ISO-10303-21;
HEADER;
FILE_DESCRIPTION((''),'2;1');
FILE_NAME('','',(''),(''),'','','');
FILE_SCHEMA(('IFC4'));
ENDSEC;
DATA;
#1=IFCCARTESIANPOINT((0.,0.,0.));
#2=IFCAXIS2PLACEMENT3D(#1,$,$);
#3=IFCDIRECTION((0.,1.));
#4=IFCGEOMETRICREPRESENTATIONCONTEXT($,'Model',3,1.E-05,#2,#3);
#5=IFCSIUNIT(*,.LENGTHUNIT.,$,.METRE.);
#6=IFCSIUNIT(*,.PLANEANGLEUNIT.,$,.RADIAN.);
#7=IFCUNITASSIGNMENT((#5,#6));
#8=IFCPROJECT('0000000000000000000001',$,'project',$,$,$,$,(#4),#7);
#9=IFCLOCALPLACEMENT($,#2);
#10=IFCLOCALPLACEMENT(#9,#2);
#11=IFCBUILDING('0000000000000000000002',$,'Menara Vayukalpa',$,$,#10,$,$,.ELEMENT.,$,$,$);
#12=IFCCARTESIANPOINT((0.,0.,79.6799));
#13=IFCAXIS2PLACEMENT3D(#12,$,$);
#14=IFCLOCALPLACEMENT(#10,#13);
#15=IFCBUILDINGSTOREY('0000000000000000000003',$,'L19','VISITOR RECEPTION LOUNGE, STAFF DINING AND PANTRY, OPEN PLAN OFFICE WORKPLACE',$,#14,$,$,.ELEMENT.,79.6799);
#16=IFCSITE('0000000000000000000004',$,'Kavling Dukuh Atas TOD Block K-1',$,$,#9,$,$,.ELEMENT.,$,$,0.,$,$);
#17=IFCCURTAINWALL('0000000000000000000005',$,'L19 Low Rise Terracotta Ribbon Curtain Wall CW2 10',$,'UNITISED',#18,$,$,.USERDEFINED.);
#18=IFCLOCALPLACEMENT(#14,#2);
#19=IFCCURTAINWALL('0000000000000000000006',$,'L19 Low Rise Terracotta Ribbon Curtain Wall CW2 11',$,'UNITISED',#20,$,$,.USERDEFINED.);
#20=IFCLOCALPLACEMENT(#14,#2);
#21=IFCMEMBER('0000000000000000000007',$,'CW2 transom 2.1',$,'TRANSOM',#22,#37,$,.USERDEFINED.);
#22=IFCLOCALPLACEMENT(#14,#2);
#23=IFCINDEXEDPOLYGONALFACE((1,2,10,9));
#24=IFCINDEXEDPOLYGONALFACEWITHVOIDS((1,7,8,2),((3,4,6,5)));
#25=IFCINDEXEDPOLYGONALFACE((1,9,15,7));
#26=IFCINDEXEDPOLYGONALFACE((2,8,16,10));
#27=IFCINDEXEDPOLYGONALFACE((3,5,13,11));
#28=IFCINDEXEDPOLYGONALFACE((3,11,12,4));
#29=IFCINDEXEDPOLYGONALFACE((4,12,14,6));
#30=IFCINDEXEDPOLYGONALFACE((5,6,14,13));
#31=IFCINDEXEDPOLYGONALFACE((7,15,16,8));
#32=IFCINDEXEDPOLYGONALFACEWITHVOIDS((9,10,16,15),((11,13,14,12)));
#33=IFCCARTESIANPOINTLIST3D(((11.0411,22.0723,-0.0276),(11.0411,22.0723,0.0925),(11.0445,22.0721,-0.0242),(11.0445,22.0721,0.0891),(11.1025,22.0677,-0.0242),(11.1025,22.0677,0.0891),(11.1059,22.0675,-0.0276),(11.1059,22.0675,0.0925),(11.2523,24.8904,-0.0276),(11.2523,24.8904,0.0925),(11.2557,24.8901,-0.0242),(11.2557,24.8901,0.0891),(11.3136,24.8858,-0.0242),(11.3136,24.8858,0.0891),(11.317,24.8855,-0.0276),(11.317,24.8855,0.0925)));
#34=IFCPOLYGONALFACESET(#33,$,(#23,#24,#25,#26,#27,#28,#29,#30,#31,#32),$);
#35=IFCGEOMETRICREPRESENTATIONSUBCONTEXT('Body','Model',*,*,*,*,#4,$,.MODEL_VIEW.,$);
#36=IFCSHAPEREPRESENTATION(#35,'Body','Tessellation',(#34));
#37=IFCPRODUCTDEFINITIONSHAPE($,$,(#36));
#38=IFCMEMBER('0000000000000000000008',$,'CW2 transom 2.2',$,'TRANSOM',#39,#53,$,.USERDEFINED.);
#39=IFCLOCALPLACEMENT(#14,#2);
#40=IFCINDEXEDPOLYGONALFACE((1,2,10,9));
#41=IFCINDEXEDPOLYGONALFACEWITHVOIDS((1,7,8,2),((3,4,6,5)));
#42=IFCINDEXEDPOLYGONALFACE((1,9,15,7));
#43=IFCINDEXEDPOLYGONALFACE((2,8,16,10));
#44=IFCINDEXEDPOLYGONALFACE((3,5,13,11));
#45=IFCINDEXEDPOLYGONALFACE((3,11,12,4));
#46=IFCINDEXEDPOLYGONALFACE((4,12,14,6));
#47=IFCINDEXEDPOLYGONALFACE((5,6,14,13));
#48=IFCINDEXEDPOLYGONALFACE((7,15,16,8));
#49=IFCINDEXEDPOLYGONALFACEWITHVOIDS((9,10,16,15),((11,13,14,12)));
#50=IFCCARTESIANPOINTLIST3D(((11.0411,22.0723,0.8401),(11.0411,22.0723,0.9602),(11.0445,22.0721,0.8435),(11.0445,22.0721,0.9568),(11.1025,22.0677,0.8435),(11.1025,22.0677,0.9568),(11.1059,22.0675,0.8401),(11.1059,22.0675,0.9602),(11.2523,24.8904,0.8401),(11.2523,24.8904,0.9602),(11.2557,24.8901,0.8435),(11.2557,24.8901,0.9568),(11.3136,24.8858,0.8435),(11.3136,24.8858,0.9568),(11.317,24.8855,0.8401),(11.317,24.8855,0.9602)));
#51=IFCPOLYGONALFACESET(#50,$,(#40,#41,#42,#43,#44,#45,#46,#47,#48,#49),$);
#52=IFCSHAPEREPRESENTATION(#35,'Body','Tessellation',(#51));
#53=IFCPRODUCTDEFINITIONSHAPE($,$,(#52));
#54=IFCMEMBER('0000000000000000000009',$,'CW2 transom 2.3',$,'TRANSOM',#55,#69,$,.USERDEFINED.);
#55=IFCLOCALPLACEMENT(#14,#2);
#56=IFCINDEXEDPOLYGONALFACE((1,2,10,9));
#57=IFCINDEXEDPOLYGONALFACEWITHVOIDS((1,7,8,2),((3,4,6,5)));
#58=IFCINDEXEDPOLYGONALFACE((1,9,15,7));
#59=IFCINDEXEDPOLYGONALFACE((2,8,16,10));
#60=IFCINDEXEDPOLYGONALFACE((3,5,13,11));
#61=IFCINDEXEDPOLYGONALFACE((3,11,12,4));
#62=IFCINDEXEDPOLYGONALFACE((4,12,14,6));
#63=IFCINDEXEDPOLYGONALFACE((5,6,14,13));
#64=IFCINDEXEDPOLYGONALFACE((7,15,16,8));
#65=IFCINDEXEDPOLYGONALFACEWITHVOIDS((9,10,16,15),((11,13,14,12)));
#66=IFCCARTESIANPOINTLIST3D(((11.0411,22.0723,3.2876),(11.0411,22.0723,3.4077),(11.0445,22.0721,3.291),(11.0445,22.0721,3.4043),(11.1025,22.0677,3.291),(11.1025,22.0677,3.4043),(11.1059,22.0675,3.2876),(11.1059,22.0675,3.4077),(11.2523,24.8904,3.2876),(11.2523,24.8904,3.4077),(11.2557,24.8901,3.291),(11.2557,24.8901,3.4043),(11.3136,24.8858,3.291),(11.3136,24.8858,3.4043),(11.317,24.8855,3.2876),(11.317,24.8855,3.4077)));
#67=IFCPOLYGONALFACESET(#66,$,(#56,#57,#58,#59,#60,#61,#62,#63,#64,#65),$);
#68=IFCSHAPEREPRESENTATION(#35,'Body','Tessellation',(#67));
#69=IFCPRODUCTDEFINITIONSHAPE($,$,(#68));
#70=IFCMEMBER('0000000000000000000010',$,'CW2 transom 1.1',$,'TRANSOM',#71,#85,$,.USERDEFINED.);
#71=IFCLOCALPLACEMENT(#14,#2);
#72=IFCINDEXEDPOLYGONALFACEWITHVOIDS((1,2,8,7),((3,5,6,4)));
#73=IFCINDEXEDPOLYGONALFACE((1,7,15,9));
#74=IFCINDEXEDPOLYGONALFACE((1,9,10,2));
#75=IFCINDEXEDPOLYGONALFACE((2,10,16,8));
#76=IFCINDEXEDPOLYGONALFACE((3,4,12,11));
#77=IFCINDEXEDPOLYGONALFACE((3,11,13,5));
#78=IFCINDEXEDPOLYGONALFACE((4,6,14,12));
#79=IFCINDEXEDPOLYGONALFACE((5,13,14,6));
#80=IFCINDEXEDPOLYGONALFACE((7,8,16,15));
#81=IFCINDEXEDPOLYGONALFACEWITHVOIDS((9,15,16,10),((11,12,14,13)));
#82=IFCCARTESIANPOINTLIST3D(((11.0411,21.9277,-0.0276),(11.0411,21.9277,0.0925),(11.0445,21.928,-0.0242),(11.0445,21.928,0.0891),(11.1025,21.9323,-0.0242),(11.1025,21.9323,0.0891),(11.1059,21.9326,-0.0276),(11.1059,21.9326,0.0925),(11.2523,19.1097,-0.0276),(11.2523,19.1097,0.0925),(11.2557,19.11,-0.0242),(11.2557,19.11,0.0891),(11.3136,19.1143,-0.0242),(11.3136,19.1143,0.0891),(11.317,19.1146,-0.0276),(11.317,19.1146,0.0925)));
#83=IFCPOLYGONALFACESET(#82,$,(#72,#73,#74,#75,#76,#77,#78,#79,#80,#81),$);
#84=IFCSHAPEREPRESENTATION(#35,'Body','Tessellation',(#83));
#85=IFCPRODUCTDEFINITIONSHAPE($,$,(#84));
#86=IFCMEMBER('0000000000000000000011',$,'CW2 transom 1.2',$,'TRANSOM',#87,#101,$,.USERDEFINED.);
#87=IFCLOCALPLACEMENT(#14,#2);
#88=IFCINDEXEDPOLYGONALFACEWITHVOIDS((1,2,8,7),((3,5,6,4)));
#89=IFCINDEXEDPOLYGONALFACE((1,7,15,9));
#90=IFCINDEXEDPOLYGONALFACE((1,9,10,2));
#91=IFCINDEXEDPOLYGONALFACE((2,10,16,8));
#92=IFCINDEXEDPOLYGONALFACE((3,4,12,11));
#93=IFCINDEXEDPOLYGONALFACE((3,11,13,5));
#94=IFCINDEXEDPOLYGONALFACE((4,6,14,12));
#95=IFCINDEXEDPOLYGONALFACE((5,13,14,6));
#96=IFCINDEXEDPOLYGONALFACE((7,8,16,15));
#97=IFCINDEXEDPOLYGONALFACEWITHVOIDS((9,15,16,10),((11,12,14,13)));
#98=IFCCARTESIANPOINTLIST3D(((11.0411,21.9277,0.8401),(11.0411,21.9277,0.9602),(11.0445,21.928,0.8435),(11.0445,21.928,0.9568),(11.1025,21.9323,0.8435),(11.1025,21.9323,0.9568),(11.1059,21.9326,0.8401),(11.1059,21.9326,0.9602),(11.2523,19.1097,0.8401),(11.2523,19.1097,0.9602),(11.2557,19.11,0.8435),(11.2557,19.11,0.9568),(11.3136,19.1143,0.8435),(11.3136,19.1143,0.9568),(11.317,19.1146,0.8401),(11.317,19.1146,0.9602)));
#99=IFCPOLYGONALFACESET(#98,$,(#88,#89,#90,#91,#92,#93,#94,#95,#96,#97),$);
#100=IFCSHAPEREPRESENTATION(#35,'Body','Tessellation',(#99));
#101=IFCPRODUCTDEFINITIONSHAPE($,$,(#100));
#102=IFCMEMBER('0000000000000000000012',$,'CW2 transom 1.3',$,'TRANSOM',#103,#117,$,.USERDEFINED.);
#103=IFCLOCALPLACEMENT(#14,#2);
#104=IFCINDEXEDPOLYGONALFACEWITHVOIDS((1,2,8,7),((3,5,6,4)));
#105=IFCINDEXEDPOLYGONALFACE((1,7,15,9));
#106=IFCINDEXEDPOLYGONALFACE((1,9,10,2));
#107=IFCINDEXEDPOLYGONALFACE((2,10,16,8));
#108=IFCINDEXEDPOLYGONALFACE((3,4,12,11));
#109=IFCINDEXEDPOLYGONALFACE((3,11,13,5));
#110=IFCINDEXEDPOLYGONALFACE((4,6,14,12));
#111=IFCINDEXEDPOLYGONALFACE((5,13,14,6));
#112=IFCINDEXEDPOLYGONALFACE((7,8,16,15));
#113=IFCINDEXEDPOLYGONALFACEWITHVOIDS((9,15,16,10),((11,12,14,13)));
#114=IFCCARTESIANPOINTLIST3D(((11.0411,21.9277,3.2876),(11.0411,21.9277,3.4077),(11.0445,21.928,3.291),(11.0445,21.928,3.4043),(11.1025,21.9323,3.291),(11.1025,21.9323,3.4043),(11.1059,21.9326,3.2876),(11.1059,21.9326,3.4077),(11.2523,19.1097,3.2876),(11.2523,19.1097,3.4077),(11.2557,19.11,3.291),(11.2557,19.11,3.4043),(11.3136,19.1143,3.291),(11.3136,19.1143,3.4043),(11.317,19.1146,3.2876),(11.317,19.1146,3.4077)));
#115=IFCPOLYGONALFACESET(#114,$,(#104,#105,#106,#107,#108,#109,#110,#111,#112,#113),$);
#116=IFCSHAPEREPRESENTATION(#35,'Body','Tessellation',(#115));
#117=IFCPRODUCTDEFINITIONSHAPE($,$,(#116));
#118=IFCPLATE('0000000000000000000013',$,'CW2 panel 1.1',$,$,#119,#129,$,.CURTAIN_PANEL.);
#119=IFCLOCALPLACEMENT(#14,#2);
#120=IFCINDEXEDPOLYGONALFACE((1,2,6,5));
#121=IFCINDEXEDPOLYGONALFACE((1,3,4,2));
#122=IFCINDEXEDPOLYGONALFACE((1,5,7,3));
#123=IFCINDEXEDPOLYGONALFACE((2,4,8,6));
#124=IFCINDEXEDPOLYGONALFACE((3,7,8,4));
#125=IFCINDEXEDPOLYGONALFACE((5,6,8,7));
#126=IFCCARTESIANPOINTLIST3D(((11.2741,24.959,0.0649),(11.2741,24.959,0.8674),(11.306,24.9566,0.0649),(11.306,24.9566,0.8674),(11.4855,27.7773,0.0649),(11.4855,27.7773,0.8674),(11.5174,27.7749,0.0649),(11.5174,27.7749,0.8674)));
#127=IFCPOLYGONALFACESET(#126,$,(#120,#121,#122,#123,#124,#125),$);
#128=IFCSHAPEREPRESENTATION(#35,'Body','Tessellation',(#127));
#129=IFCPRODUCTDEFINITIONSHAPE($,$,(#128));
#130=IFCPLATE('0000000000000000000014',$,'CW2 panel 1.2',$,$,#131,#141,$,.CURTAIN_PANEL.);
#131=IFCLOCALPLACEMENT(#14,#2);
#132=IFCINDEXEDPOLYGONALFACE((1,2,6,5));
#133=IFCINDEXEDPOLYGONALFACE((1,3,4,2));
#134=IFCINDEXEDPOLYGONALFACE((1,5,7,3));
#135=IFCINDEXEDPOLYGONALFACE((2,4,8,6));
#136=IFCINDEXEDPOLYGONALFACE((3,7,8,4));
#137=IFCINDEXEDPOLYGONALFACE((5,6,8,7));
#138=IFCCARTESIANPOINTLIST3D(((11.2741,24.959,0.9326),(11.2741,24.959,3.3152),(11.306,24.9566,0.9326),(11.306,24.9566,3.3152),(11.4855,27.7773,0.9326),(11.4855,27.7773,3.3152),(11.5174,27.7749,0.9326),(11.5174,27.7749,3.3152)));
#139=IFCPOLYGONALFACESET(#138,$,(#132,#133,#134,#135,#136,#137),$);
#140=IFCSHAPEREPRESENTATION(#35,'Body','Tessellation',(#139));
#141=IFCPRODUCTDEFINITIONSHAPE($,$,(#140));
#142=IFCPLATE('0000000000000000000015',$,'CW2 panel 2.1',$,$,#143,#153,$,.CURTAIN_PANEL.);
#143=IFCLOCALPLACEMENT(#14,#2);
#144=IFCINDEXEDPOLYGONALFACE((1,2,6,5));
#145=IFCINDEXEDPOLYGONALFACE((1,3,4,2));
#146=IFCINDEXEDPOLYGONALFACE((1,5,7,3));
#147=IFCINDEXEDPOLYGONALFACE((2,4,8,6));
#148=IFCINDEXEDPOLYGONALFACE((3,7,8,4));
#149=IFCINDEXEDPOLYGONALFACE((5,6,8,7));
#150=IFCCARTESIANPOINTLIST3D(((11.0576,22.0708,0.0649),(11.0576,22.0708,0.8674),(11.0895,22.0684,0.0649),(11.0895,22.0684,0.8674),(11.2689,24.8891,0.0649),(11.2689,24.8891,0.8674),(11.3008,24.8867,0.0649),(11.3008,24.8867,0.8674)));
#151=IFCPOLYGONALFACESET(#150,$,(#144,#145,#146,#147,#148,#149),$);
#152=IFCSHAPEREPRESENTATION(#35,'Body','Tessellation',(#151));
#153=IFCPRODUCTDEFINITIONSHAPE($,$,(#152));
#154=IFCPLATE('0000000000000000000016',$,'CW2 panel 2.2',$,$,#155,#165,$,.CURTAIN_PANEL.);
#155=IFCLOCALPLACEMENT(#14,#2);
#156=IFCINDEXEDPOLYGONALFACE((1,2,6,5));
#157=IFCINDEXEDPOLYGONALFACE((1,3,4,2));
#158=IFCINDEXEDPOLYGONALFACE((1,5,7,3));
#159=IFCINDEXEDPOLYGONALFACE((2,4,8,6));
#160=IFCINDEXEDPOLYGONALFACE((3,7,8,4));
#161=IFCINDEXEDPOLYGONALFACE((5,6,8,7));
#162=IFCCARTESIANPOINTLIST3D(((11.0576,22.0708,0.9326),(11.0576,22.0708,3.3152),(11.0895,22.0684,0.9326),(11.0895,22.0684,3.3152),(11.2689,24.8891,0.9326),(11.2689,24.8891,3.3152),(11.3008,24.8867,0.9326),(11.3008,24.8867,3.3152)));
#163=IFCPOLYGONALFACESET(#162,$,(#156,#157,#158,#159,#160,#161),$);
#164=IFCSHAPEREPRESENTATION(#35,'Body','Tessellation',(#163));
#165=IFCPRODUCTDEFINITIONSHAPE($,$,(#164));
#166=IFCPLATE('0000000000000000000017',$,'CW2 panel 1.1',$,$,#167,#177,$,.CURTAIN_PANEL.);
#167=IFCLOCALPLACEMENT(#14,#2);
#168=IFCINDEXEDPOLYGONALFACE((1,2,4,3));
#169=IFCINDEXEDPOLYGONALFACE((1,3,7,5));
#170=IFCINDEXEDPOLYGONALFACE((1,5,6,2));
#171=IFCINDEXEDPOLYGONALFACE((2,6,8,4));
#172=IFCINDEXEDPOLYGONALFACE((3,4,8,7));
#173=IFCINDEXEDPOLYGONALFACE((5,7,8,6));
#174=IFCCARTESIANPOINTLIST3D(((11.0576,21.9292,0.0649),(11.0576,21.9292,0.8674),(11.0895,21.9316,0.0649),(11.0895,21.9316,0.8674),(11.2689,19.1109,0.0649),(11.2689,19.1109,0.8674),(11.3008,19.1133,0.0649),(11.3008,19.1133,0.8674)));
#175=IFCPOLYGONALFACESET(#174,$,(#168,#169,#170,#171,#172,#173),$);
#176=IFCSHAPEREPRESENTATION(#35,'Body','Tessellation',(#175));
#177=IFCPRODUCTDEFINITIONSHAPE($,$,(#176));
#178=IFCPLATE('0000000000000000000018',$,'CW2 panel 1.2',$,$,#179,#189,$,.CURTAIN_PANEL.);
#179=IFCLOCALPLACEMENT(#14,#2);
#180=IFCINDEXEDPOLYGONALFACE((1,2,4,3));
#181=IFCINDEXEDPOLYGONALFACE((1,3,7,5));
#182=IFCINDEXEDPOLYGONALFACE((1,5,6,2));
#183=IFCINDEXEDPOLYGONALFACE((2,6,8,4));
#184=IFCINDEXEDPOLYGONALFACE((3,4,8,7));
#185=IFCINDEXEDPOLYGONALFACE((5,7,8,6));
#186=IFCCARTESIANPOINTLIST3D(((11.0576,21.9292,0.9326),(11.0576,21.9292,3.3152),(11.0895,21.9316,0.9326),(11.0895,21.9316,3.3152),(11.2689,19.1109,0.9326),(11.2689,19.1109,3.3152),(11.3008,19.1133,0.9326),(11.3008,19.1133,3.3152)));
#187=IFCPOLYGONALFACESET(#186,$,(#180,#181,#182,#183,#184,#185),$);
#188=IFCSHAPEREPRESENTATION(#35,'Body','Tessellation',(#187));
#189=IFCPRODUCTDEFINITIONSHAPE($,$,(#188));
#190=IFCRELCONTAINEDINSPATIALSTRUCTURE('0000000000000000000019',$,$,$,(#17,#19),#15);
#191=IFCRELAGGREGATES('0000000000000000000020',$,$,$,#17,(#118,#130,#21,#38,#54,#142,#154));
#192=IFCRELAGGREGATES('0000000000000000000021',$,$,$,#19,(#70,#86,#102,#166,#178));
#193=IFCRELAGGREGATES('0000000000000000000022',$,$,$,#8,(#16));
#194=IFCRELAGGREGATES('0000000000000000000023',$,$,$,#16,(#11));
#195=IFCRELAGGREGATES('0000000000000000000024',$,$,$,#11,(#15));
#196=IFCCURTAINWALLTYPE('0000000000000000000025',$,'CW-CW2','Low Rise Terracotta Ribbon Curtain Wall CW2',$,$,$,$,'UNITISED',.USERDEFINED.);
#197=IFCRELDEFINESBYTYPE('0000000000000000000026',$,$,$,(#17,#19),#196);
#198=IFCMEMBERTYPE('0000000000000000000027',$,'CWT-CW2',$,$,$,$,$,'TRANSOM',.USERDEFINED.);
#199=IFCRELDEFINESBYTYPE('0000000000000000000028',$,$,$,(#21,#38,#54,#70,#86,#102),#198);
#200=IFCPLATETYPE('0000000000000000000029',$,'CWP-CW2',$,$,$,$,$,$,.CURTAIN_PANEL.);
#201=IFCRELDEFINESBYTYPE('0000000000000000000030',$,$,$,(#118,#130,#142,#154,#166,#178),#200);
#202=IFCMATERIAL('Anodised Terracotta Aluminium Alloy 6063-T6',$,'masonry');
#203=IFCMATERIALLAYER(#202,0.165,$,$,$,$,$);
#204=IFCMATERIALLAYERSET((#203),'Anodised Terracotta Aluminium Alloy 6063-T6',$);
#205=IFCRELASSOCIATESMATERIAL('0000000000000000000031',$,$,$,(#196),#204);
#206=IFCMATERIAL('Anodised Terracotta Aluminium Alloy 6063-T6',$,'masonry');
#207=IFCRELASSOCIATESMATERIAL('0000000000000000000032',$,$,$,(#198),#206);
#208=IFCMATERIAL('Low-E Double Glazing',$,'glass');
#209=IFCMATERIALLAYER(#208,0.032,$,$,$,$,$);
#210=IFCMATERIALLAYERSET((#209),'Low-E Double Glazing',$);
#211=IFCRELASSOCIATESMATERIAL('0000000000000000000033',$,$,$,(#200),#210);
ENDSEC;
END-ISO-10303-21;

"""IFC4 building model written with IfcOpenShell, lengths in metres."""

from ifc_helpers import new_model, si_unit, direction, frame, origin, origin_2d, place, context, subcontext, project, spatial, rectangle, hollow_rectangle, extrude, material, layer, layer_set, material_profile, profile_set, type_object, element, aggregate, save


model = new_model("IFC4")

# Units and contexts
model_context = context("Model", 3, precision=1e-05, world=origin(), true_north=direction((0.0, 1.0)))
body_context = subcontext(model_context, "Body", "Model", "MODEL_VIEW")
ifc_project = project(units=[si_unit("LENGTHUNIT", "METRE"), si_unit("PLANEANGLEUNIT", "RADIAN")], contexts=[model_context])

# Site, building, storey
site_placement = place(None, origin())
site = spatial("IfcSite", under=ifc_project, at=site_placement, Name="Kavling Dukuh Atas TOD Block K-1", CompositionType="ELEMENT", RefElevation=0.0)
building_placement = place(site_placement, origin())
building = spatial("IfcBuilding", under=site, at=building_placement, Name="Menara Vayukalpa", CompositionType="ELEMENT")
storey_placement = place(building_placement, frame((0.0, 0.0, 79.6799)))
storey = spatial("IfcBuildingStorey", under=building, at=storey_placement, Name="L19", Description="VISITOR RECEPTION LOUNGE, STAFF DINING AND PANTRY, OPEN PLAN OFFICE WORKPLACE", CompositionType="ELEMENT", Elevation=79.6799)

# Curtain wall
ifc_material_1 = material(Name="Anodised Terracotta Aluminium Alloy 6063-T6", Category="masonry")
ifc_layer_1 = layer(ifc_material_1, 0.165)
ifc_layer_set_1 = layer_set([ifc_layer_1], Name="Anodised Terracotta Aluminium Alloy 6063-T6")
curtain_wall_type = type_object("IfcCurtainWallType", Name="CW-CW2", Description="Low Rise Terracotta Ribbon Curtain Wall CW2", ElementType="UNITISED", PredefinedType="USERDEFINED", material=ifc_layer_set_1)
curtain_wall_1_placement = place(storey_placement, origin())
curtain_wall_1 = element("IfcCurtainWall", 1, at=curtain_wall_1_placement, inside=storey, type_object=curtain_wall_type, Name="L19 Low Rise Terracotta Ribbon Curtain Wall CW2 10", ObjectType="UNITISED", PredefinedType="USERDEFINED")

# Curtain wall
curtain_wall_2_placement = place(storey_placement, origin())
curtain_wall_2 = element("IfcCurtainWall", 2, at=curtain_wall_2_placement, inside=storey, type_object=curtain_wall_type, Name="L19 Low Rise Terracotta Ribbon Curtain Wall CW2 11", ObjectType="UNITISED", PredefinedType="USERDEFINED")

# Members
ifc_material_2 = material(Name="Anodised Terracotta Aluminium Alloy 6063-T6", Category="masonry")
ifc_material_profile_1 = material_profile(ifc_material_2, hollow_rectangle(XDim=0.0649, YDim=0.1201, WallThickness=0.0034, at=origin_2d()), Name="ALU 65x120x3.5")
ifc_profile_set_1 = profile_set([ifc_material_profile_1], Name="Anodised Terracotta Aluminium Alloy 6063-T6")
member_type_1 = type_object("IfcMemberType", Name="CWT-CW2", ElementType="TRANSOM", PredefinedType="USERDEFINED", material=ifc_profile_set_1)
member_1_placement = place(storey_placement, frame((11.2847, 24.8879, 0.0325), z_axis=(-0.074728, -0.997204, 0.0), x_axis=(0.997204, -0.074728, 0.0)))
member_1 = element("IfcMember", 3, at=member_1_placement, type_object=member_type_1, Name="CW2 transom 2.1", ObjectType="TRANSOM", PredefinedType="USERDEFINED", context=body_context, shape_type="SweptSolid", body=[
    extrude(hollow_rectangle(XDim=0.0649, YDim=0.1201, WallThickness=0.0034, at=origin_2d()), origin(), (0.0, 0.0, 1.0), 2.8259),
])
member_2_placement = place(storey_placement, frame((11.2847, 24.8879, 0.9001), z_axis=(-0.074728, -0.997204, 0.0), x_axis=(0.997204, -0.074728, 0.0)))
member_2 = element("IfcMember", 4, at=member_2_placement, type_object=member_type_1, Name="CW2 transom 2.2", ObjectType="TRANSOM", PredefinedType="USERDEFINED", context=body_context, shape_type="SweptSolid", body=[
    extrude(hollow_rectangle(XDim=0.0649, YDim=0.1201, WallThickness=0.0034, at=origin_2d()), origin(), (0.0, 0.0, 1.0), 2.8259),
])
member_3_placement = place(storey_placement, frame((11.2847, 24.8879, 3.3477), z_axis=(-0.074728, -0.997204, 0.0), x_axis=(0.997204, -0.074728, 0.0)))
member_3 = element("IfcMember", 5, at=member_3_placement, type_object=member_type_1, Name="CW2 transom 2.3", ObjectType="TRANSOM", PredefinedType="USERDEFINED", context=body_context, shape_type="SweptSolid", body=[
    extrude(hollow_rectangle(XDim=0.0649, YDim=0.1201, WallThickness=0.0034, at=origin_2d()), origin(), (0.0, 0.0, 1.0), 2.8259),
])
member_4_placement = place(storey_placement, frame((11.0735, 21.9302, 0.0325), z_axis=(0.074728, -0.997204, 0.0), x_axis=(0.997204, 0.074728, 0.0)))
member_4 = element("IfcMember", 6, at=member_4_placement, type_object=member_type_1, Name="CW2 transom 1.1", ObjectType="TRANSOM", PredefinedType="USERDEFINED", context=body_context, shape_type="SweptSolid", body=[
    extrude(hollow_rectangle(XDim=0.0649, YDim=0.1201, WallThickness=0.0034, at=origin_2d()), origin(), (0.0, 0.0, 1.0), 2.8259),
])
member_5_placement = place(storey_placement, frame((11.0735, 21.9302, 0.9001), z_axis=(0.074728, -0.997204, 0.0), x_axis=(0.997204, 0.074728, 0.0)))
member_5 = element("IfcMember", 7, at=member_5_placement, type_object=member_type_1, Name="CW2 transom 1.2", ObjectType="TRANSOM", PredefinedType="USERDEFINED", context=body_context, shape_type="SweptSolid", body=[
    extrude(hollow_rectangle(XDim=0.0649, YDim=0.1201, WallThickness=0.0034, at=origin_2d()), origin(), (0.0, 0.0, 1.0), 2.8259),
])
member_6_placement = place(storey_placement, frame((11.0735, 21.9302, 3.3477), z_axis=(0.074728, -0.997204, 0.0), x_axis=(0.997204, 0.074728, 0.0)))
member_6 = element("IfcMember", 8, at=member_6_placement, type_object=member_type_1, Name="CW2 transom 1.3", ObjectType="TRANSOM", PredefinedType="USERDEFINED", context=body_context, shape_type="SweptSolid", body=[
    extrude(hollow_rectangle(XDim=0.0649, YDim=0.1201, WallThickness=0.0034, at=origin_2d()), origin(), (0.0, 0.0, 1.0), 2.8259),
])

# Plates
ifc_material_3 = material(Name="Low-E Double Glazing", Category="glass")
ifc_layer_2 = layer(ifc_material_3, 0.032)
ifc_layer_set_2 = layer_set([ifc_layer_2], Name="Low-E Double Glazing")
plate_type = type_object("IfcPlateType", Name="CWP-CW2", PredefinedType="CURTAIN_PANEL", material=ifc_layer_set_2)
plate_1_placement = place(storey_placement, frame((11.3958, 26.3669, 0.0649), z_axis=(0.0, 0.0, 1.0), x_axis=(-0.074785, -0.9972, 0.0)))
plate_1 = element("IfcPlate", 9, at=plate_1_placement, type_object=plate_type, Name="CW2 panel 1.1", PredefinedType="CURTAIN_PANEL", context=body_context, shape_type="SweptSolid", body=[
    extrude(rectangle(XDim=2.8262, YDim=0.032, at=origin_2d()), origin(), (0.0, 0.0, 1.0), 0.8025),
])
plate_2_placement = place(storey_placement, frame((11.3958, 26.3669, 0.9326), z_axis=(0.0, 0.0, 1.0), x_axis=(-0.074785, -0.9972, 0.0)))
plate_2 = element("IfcPlate", 10, at=plate_2_placement, type_object=plate_type, Name="CW2 panel 1.2", PredefinedType="CURTAIN_PANEL", context=body_context, shape_type="SweptSolid", body=[
    extrude(rectangle(XDim=2.8262, YDim=0.032, at=origin_2d()), origin(), (0.0, 0.0, 1.0), 2.3826),
])
plate_3_placement = place(storey_placement, frame((11.1792, 23.4788, 0.0649), z_axis=(0.0, 0.0, 1.0), x_axis=(-0.074785, -0.9972, 0.0)))
plate_3 = element("IfcPlate", 11, at=plate_3_placement, type_object=plate_type, Name="CW2 panel 2.1", PredefinedType="CURTAIN_PANEL", context=body_context, shape_type="SweptSolid", body=[
    extrude(rectangle(XDim=2.8262, YDim=0.032, at=origin_2d()), origin(), (0.0, 0.0, 1.0), 0.8025),
])
plate_4_placement = place(storey_placement, frame((11.1792, 23.4788, 0.9326), z_axis=(0.0, 0.0, 1.0), x_axis=(-0.074785, -0.9972, 0.0)))
plate_4 = element("IfcPlate", 12, at=plate_4_placement, type_object=plate_type, Name="CW2 panel 2.2", PredefinedType="CURTAIN_PANEL", context=body_context, shape_type="SweptSolid", body=[
    extrude(rectangle(XDim=2.8262, YDim=0.032, at=origin_2d()), origin(), (0.0, 0.0, 1.0), 2.3826),
])
aggregate(curtain_wall_1, [plate_1, plate_2, member_1, member_2, member_3, plate_3, plate_4])
plate_5_placement = place(storey_placement, frame((11.1792, 20.5212, 0.0649), z_axis=(0.0, 0.0, 1.0), x_axis=(0.074785, -0.9972, 0.0)))
plate_5 = element("IfcPlate", 13, at=plate_5_placement, type_object=plate_type, Name="CW2 panel 1.1", PredefinedType="CURTAIN_PANEL", context=body_context, shape_type="SweptSolid", body=[
    extrude(rectangle(XDim=2.8262, YDim=0.032, at=origin_2d()), origin(), (0.0, 0.0, 1.0), 0.8025),
])
plate_6_placement = place(storey_placement, frame((11.1792, 20.5212, 0.9326), z_axis=(0.0, 0.0, 1.0), x_axis=(0.074785, -0.9972, 0.0)))
plate_6 = element("IfcPlate", 14, at=plate_6_placement, type_object=plate_type, Name="CW2 panel 1.2", PredefinedType="CURTAIN_PANEL", context=body_context, shape_type="SweptSolid", body=[
    extrude(rectangle(XDim=2.8262, YDim=0.032, at=origin_2d()), origin(), (0.0, 0.0, 1.0), 2.3826),
])
aggregate(curtain_wall_2, [member_4, member_5, member_6, plate_5, plate_6])

save(model, "model.ifc")
